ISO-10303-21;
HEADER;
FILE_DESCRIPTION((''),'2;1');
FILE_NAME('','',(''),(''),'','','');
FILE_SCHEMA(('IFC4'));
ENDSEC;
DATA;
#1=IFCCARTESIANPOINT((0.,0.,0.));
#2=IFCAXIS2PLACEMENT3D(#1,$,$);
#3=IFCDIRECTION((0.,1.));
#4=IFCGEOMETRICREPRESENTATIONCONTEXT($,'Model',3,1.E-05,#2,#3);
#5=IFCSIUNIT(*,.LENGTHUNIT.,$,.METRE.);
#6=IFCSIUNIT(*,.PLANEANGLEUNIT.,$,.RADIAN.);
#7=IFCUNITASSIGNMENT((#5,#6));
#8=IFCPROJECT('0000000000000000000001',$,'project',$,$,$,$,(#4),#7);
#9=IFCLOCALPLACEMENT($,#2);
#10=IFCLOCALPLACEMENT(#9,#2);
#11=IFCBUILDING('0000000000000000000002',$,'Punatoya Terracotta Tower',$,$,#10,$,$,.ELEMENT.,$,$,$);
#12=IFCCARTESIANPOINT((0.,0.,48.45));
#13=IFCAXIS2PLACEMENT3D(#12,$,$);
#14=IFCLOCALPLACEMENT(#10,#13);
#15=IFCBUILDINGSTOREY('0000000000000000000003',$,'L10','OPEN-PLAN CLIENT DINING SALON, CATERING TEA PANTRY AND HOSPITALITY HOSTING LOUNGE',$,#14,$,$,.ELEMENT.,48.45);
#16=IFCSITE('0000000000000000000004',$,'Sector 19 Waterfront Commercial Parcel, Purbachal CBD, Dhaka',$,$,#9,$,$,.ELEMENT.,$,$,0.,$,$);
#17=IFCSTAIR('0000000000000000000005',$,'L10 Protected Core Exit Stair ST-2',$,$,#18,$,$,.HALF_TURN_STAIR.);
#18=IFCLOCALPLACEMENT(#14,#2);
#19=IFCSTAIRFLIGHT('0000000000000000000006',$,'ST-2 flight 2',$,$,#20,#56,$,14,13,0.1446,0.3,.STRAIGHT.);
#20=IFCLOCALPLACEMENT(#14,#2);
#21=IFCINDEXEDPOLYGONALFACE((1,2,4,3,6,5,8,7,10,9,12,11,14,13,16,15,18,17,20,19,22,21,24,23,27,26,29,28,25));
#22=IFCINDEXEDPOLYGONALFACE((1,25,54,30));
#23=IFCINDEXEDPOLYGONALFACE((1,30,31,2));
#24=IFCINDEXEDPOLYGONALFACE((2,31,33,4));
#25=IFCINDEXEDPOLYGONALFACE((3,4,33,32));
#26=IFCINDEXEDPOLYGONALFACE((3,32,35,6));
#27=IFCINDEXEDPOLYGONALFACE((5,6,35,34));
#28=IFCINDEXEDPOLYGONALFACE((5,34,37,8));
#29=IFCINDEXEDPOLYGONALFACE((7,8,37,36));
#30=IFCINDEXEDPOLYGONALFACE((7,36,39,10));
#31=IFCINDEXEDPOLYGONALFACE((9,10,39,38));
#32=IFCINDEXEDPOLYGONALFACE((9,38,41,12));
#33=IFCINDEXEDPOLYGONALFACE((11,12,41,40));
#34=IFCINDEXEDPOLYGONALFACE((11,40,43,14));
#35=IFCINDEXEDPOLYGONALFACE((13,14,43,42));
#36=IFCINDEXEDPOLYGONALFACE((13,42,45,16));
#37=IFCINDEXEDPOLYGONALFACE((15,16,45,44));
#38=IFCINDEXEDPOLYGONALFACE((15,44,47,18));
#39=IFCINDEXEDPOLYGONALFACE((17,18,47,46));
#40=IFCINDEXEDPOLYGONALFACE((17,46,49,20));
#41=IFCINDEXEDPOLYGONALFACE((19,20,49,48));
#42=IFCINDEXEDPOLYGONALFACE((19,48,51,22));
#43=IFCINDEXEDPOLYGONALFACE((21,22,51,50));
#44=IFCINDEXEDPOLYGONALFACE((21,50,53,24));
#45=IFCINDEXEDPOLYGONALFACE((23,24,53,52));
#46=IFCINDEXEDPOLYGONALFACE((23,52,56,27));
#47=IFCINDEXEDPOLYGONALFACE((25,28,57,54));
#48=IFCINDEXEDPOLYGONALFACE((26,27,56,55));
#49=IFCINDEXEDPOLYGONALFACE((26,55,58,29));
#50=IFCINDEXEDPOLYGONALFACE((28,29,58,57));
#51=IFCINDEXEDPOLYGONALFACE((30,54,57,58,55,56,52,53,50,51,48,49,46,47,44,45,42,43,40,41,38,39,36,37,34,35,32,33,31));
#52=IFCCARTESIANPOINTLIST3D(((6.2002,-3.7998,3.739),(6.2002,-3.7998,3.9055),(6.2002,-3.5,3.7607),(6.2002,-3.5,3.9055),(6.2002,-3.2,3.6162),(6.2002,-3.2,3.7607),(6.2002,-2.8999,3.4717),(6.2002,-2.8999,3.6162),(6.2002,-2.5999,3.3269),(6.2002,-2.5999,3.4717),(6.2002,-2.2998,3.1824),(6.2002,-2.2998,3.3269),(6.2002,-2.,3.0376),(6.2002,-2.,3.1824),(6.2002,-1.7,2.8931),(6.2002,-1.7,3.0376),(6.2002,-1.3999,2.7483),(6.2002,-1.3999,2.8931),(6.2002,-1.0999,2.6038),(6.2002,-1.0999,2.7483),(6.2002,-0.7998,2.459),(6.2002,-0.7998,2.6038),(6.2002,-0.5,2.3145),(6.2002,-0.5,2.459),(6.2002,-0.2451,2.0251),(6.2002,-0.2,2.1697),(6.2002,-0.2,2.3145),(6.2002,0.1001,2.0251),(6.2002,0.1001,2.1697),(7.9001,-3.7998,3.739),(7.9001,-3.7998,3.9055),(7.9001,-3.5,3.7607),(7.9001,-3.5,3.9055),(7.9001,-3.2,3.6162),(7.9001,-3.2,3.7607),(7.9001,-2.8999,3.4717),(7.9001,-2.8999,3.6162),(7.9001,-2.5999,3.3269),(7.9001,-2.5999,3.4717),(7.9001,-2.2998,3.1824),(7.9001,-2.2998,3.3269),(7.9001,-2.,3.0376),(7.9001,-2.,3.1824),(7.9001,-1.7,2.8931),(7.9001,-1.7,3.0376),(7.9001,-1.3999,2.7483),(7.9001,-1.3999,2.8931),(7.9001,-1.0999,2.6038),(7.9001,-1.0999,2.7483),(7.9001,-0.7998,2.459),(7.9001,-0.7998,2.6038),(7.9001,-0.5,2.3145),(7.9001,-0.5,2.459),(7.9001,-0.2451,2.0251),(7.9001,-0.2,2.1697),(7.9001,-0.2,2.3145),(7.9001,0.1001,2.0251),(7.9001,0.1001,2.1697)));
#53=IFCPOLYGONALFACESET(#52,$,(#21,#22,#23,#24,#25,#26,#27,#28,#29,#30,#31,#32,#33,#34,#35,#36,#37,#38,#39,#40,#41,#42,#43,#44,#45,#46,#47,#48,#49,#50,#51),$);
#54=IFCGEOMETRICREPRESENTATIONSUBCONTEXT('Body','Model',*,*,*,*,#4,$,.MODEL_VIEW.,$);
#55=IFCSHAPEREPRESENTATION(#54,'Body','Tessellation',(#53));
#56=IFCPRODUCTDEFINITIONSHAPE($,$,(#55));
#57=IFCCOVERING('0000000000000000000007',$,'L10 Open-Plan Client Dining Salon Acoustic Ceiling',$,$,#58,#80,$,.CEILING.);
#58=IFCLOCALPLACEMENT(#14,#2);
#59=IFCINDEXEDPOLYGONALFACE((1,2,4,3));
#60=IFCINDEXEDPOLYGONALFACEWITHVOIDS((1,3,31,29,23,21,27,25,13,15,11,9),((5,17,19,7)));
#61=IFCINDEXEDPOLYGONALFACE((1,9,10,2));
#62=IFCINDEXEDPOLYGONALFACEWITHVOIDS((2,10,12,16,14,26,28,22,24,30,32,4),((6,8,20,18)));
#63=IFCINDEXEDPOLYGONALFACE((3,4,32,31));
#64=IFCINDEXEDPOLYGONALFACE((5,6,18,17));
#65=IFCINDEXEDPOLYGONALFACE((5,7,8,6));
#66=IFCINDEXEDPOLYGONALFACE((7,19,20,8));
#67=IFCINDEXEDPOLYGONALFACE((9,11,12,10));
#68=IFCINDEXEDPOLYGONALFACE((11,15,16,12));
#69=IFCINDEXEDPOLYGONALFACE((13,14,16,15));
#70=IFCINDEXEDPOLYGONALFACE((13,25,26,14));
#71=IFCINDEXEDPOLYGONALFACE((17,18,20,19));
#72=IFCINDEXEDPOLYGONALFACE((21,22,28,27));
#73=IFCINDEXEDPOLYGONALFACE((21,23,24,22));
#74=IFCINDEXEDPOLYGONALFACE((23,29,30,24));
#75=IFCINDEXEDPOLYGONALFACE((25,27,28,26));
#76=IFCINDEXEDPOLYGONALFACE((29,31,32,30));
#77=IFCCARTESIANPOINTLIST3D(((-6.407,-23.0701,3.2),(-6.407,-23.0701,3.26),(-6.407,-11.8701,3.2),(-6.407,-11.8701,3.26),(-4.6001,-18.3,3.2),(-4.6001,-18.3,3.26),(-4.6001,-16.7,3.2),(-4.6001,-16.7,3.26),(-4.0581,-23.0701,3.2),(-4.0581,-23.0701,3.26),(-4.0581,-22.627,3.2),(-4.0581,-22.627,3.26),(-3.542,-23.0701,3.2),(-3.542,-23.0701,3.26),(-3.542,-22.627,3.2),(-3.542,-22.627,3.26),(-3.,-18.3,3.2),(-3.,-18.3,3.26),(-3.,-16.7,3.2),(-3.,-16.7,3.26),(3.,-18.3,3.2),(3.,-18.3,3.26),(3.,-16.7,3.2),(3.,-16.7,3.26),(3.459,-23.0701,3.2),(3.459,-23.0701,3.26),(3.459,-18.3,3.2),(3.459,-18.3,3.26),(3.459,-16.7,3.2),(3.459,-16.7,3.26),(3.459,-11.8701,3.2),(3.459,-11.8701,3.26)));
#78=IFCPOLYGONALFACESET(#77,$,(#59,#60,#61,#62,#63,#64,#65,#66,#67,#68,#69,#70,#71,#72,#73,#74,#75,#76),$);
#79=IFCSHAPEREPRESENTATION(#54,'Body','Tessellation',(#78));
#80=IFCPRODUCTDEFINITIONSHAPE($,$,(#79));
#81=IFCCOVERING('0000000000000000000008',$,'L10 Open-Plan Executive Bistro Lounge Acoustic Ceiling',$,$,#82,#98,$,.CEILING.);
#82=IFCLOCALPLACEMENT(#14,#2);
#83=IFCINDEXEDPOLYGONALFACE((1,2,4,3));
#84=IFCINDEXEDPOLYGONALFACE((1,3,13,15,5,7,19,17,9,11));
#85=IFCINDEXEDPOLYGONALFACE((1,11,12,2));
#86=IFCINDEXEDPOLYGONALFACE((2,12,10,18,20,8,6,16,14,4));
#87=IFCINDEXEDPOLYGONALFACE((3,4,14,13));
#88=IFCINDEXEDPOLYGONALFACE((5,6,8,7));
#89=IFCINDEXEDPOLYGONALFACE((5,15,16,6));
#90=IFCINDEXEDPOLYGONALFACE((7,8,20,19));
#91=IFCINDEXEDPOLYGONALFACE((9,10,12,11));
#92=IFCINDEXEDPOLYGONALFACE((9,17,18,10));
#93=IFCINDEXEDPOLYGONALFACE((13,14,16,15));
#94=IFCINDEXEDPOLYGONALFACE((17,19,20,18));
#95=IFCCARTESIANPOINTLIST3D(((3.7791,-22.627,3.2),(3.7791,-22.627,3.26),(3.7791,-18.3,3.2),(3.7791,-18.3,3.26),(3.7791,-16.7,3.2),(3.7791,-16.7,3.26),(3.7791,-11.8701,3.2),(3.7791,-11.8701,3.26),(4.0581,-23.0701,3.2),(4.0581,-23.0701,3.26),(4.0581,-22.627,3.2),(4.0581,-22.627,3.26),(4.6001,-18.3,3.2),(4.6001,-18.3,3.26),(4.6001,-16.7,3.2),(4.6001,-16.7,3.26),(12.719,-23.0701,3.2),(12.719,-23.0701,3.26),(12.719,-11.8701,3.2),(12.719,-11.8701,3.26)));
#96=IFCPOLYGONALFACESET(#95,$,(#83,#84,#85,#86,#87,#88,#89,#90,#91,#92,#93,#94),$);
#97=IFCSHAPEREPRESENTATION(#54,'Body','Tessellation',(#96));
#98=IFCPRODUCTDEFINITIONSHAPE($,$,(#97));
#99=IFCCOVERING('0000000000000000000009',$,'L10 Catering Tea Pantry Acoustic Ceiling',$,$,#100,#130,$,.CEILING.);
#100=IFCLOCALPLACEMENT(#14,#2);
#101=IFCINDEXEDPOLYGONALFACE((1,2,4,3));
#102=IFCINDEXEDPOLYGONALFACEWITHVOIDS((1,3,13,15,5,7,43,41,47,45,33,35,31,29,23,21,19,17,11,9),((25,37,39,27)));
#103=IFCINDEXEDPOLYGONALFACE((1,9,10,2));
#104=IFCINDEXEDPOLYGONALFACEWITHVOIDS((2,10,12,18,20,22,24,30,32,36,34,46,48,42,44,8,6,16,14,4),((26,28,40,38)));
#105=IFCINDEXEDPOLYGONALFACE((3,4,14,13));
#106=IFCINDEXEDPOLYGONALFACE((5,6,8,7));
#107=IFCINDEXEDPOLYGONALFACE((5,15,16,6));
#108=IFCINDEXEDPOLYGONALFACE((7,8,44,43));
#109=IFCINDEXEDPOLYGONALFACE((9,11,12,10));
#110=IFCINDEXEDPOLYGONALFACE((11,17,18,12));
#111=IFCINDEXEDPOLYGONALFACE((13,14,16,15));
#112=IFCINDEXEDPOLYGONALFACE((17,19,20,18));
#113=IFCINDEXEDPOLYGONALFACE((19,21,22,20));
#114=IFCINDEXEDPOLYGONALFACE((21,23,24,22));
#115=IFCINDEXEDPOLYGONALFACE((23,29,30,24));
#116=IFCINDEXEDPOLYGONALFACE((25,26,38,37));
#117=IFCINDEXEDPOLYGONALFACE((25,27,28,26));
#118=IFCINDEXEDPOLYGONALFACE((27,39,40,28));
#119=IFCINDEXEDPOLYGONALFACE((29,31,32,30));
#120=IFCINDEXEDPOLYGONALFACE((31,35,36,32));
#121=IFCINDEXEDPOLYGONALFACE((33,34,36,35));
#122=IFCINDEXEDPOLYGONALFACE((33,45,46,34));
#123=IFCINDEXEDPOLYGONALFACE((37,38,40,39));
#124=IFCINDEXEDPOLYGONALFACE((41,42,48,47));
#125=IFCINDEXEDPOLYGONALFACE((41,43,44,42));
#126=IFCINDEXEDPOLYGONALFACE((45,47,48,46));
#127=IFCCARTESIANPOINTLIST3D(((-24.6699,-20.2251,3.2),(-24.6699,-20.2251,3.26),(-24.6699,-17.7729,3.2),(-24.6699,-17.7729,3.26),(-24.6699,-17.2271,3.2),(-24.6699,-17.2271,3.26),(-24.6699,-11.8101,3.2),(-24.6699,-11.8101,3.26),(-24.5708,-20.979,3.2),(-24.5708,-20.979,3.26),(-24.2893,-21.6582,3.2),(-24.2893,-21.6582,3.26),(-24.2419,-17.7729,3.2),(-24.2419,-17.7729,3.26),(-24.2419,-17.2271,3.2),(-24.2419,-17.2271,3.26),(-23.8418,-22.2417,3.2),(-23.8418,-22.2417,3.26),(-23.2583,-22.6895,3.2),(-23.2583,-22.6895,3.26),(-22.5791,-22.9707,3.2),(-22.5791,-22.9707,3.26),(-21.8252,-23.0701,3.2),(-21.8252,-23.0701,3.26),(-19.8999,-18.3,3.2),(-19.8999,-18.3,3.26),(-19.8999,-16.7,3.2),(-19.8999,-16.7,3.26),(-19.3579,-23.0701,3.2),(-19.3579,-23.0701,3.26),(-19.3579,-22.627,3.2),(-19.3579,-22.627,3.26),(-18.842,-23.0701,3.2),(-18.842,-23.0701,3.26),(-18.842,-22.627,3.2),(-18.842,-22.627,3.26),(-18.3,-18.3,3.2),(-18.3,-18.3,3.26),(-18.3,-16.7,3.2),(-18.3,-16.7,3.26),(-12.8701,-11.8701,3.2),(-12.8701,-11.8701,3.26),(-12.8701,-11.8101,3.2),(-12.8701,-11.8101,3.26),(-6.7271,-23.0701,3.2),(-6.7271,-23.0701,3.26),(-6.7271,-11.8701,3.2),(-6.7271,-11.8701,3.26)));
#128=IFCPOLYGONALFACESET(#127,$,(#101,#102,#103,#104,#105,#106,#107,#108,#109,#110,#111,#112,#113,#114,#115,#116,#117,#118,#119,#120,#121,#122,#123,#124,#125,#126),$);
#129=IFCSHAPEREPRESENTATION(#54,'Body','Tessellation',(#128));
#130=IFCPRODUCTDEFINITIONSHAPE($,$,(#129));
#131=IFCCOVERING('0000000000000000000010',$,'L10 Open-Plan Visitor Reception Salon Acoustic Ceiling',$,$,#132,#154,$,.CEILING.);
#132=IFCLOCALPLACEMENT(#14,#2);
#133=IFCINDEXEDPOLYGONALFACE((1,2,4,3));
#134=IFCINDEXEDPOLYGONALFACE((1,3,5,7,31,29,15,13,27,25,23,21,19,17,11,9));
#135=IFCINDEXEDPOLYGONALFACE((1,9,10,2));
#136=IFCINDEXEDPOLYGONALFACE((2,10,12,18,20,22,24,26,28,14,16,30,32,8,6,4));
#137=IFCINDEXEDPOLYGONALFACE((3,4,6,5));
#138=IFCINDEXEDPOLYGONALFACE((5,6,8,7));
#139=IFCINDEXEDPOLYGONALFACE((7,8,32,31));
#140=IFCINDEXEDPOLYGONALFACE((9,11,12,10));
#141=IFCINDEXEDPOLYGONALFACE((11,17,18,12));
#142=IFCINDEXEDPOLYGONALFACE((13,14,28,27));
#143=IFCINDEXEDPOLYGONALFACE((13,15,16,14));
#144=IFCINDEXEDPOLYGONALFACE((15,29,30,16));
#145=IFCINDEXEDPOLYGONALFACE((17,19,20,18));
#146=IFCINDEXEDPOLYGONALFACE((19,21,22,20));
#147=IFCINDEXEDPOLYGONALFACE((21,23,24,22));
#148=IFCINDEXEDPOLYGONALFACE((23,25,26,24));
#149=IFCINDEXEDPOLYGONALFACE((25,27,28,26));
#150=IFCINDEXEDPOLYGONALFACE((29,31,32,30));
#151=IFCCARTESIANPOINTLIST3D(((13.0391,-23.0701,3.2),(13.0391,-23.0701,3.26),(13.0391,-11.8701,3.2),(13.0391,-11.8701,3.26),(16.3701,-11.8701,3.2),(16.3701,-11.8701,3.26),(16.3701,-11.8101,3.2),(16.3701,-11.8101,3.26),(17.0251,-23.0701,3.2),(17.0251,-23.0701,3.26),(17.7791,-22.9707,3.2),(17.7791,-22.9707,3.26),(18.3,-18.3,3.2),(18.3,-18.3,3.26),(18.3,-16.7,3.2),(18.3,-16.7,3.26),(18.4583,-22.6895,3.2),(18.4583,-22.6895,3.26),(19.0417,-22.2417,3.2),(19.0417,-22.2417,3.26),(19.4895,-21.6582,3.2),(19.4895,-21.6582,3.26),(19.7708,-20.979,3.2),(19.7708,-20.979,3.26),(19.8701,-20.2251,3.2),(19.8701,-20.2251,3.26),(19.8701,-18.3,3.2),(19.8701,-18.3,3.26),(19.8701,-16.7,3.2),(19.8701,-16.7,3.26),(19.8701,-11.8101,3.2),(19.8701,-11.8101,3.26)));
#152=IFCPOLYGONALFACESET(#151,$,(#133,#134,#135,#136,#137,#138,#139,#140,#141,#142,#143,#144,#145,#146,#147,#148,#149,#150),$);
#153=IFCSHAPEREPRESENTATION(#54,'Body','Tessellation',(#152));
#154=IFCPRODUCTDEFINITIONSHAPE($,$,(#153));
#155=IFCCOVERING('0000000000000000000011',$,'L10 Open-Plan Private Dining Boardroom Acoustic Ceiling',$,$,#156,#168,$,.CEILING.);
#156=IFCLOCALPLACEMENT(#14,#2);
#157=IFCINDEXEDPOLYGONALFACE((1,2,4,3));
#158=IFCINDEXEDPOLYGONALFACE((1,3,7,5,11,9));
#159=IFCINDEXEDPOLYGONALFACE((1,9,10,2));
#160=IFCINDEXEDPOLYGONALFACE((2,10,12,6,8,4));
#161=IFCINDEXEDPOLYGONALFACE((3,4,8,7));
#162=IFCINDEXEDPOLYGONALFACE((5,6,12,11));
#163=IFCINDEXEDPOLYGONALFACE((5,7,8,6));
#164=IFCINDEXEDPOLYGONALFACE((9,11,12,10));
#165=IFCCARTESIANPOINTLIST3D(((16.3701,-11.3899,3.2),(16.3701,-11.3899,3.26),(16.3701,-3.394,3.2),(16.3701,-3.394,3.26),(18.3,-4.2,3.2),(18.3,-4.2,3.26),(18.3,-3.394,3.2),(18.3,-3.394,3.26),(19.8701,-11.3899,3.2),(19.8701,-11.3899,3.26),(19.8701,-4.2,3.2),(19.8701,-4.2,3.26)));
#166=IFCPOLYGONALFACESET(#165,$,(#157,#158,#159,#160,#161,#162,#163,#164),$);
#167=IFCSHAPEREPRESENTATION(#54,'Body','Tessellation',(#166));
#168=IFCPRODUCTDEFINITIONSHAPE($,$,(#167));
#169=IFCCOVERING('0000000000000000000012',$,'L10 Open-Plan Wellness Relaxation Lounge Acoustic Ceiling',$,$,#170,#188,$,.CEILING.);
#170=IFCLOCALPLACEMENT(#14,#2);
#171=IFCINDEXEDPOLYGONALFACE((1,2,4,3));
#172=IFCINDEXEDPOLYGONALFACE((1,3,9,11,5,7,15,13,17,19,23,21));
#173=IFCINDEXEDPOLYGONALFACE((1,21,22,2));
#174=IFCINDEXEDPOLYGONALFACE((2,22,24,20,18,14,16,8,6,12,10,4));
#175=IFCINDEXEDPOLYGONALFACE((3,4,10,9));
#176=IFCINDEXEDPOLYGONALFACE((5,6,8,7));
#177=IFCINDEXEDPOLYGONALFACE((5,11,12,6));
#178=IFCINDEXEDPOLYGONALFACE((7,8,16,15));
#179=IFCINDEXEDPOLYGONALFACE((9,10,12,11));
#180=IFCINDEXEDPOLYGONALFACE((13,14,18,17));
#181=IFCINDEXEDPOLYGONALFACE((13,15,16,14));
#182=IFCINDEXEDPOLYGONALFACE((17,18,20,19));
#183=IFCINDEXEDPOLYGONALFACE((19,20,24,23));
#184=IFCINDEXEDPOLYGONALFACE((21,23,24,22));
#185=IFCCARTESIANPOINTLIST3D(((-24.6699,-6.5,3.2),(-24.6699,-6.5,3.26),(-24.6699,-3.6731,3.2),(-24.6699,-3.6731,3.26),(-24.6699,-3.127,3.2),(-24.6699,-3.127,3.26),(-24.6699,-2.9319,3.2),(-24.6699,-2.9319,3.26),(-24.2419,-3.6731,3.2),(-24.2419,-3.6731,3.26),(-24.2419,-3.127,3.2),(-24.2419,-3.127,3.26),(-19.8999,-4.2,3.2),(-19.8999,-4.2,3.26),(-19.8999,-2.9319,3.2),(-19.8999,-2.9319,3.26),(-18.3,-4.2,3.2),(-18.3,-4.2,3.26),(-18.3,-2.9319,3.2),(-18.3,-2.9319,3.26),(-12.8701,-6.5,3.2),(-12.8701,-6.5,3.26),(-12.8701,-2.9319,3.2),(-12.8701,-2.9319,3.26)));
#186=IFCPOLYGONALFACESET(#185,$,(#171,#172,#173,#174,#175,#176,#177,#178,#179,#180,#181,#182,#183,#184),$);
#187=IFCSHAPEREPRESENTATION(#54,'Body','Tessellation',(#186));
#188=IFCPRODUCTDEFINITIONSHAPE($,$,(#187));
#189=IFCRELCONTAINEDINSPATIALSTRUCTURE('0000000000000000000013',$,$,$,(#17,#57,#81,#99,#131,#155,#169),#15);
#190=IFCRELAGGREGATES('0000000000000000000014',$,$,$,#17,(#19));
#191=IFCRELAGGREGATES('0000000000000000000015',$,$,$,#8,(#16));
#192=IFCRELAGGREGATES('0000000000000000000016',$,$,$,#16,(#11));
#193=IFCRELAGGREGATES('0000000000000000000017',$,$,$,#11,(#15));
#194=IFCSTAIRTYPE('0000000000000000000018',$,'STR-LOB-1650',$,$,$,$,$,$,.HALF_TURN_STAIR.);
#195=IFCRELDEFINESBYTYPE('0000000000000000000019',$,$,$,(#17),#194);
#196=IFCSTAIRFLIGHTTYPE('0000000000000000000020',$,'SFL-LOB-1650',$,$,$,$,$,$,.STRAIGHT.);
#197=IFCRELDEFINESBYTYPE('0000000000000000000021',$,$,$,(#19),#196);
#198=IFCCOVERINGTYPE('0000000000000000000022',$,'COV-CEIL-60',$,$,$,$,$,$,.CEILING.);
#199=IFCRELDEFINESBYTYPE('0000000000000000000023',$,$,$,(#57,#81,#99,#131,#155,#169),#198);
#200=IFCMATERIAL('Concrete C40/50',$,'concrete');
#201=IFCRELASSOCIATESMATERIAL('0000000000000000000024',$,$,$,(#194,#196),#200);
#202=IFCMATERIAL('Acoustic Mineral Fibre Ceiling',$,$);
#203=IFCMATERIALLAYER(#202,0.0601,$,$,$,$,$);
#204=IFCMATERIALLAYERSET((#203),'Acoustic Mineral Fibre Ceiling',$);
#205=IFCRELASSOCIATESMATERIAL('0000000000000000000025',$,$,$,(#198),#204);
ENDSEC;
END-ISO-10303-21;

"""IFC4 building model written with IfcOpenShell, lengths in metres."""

from ifc_helpers import new_model, si_unit, direction, frame, origin, place, context, subcontext, project, spatial, polyline, outline, extrude, material, layer, layer_set, type_object, element, aggregate, save


model = new_model("IFC4")

# Units and contexts
model_context = context("Model", 3, precision=1e-05, world=origin(), true_north=direction((0.0, 1.0)))
body_context = subcontext(model_context, "Body", "Model", "MODEL_VIEW")
ifc_project = project(units=[si_unit("LENGTHUNIT", "METRE"), si_unit("PLANEANGLEUNIT", "RADIAN")], contexts=[model_context])

# Site, building, storey
site_placement = place(None, origin())
site = spatial("IfcSite", under=ifc_project, at=site_placement, Name="Sector 19 Waterfront Commercial Parcel, Purbachal CBD, Dhaka", CompositionType="ELEMENT", RefElevation=0.0)
building_placement = place(site_placement, origin())
building = spatial("IfcBuilding", under=site, at=building_placement, Name="Punatoya Terracotta Tower", CompositionType="ELEMENT")
storey_placement = place(building_placement, frame((0.0, 0.0, 48.45)))
storey = spatial("IfcBuildingStorey", under=building, at=storey_placement, Name="L10", Description="OPEN-PLAN CLIENT DINING SALON, CATERING TEA PANTRY AND HOSPITALITY HOSTING LOUNGE", CompositionType="ELEMENT", Elevation=48.45)

# Shared definitions
ifc_material_1 = material(Name="Concrete C40/50", Category="concrete")

# Stair, stair flight
stair_type = type_object("IfcStairType", Name="STR-LOB-1650", PredefinedType="HALF_TURN_STAIR", material=ifc_material_1)
stair_placement = place(storey_placement, origin())
stair = element("IfcStair", 1, at=stair_placement, inside=storey, type_object=stair_type, Name="L10 Protected Core Exit Stair ST-2", PredefinedType="HALF_TURN_STAIR")
stair_flight_type = type_object("IfcStairFlightType", Name="SFL-LOB-1650", PredefinedType="STRAIGHT", material=ifc_material_1)
stair_flight_placement = place(storey_placement, frame((7.05, 0.1001, 2.0251), z_axis=(0.0, 0.0, 1.0), x_axis=(0.0, -1.0, 0.0)))
stair_flight = element("IfcStairFlight", 2, at=stair_flight_placement, type_object=stair_flight_type, Name="ST-2 flight 2", NumberOfRisers=14, NumberOfTreads=13, PredefinedType="STRAIGHT", RiserHeight=0.1446, TreadLength=0.3, context=body_context, shape_type="SweptSolid", body=[
    extrude(outline(polyline([(0.0, 0.0), (0.0, 0.1445), (0.3, 0.1445), (0.3, 0.2893), (0.6001, 0.2893), (0.6001, 0.4338), (0.8999, 0.4338), (0.8999, 0.5786), (1.2, 0.5786), (1.2, 0.7231), (1.5, 0.7231), (1.5, 0.8679), (1.8, 0.8679), (1.8, 1.0125), (2.1001, 1.0125), (2.1001, 1.1572), (2.3999, 1.1572), (2.3999, 1.3018), (2.7, 1.3018), (2.7, 1.4465), (3.0, 1.4465), (3.0, 1.5911), (3.3, 1.5911), (3.3, 1.7356), (3.6001, 1.7356), (3.6001, 1.8804), (3.8999, 1.8804), (3.8999, 2.0249), (3.8999, 1.7139), (0.3452, 0.0), (0.0, 0.0)])), frame((0.0, 0.8501, 0.0), z_axis=(0.0, -1.0, 0.0), x_axis=(1.0, 0.0, 0.0)), (0.0, 0.0, 1.0), 1.7),
])
aggregate(stair, [stair_flight])

# Coverings
ifc_material_2 = material(Name="Acoustic Mineral Fibre Ceiling")
ifc_layer_1 = layer(ifc_material_2, 0.0601)
ifc_layer_set_1 = layer_set([ifc_layer_1], Name="Acoustic Mineral Fibre Ceiling")
covering_type = type_object("IfcCoveringType", Name="COV-CEIL-60", PredefinedType="CEILING", material=ifc_layer_set_1)
covering_1_placement = place(storey_placement, frame((0.0, 0.0, 3.2)))
element("IfcCovering", 3, at=covering_1_placement, inside=storey, type_object=covering_type, Name="L10 Open-Plan Client Dining Salon Acoustic Ceiling", PredefinedType="CEILING", context=body_context, shape_type="SweptSolid", body=[
    extrude(outline(polyline([(-4.0581, -22.627), (-3.542, -22.627), (-3.542, -23.0701), (3.459, -23.0701), (3.459, -18.3), (3.0, -18.3), (3.0, -16.7), (3.459, -16.7), (3.459, -11.8701), (-6.407, -11.8701), (-6.407, -23.0701), (-4.0581, -23.0701), (-4.0581, -22.627)]), holes=[polyline([(-4.6001, -16.7), (-3.0, -16.7), (-3.0, -18.3), (-4.6001, -18.3), (-4.6001, -16.7)])]), origin(), (0.0, 0.0, 1.0), 0.0601),
])
covering_2_placement = place(storey_placement, frame((0.0, 0.0, 3.2)))
element("IfcCovering", 4, at=covering_2_placement, inside=storey, type_object=covering_type, Name="L10 Open-Plan Executive Bistro Lounge Acoustic Ceiling", PredefinedType="CEILING", context=body_context, shape_type="SweptSolid", body=[
    extrude(outline(polyline([(3.7791, -22.627), (4.0581, -22.627), (4.0581, -23.0701), (12.719, -23.0701), (12.719, -11.8701), (3.7791, -11.8701), (3.7791, -16.7), (4.6001, -16.7), (4.6001, -18.3), (3.7791, -18.3), (3.7791, -22.627)])), origin(), (0.0, 0.0, 1.0), 0.0601),
])
covering_3_placement = place(storey_placement, frame((0.0, 0.0, 3.2)))
element("IfcCovering", 5, at=covering_3_placement, inside=storey, type_object=covering_type, Name="L10 Catering Tea Pantry Acoustic Ceiling", PredefinedType="CEILING", context=body_context, shape_type="SweptSolid", body=[
    extrude(outline(polyline([(-18.842, -23.0701), (-6.7271, -23.0701), (-6.7271, -11.8701), (-12.8701, -11.8701), (-12.8701, -11.8101), (-24.6699, -11.8101), (-24.6699, -17.2271), (-24.2419, -17.2271), (-24.2419, -17.7729), (-24.6699, -17.7729), (-24.6699, -20.2251), (-24.5708, -20.979), (-24.2893, -21.6582), (-23.8418, -22.2417), (-23.2583, -22.6895), (-22.5791, -22.9707), (-21.8252, -23.0701), (-19.3579, -23.0701), (-19.3579, -22.627), (-18.842, -22.627), (-18.842, -23.0701)]), holes=[polyline([(-19.8999, -18.3), (-19.8999, -16.7), (-18.3, -16.7), (-18.3, -18.3), (-19.8999, -18.3)])]), origin(), (0.0, 0.0, 1.0), 0.0601),
])
covering_4_placement = place(storey_placement, frame((0.0, 0.0, 3.2)))
element("IfcCovering", 6, at=covering_4_placement, inside=storey, type_object=covering_type, Name="L10 Open-Plan Visitor Reception Salon Acoustic Ceiling", PredefinedType="CEILING", context=body_context, shape_type="SweptSolid", body=[
    extrude(outline(polyline([(16.3701, -11.8701), (13.0391, -11.8701), (13.0391, -23.0701), (17.0251, -23.0701), (17.7791, -22.9707), (18.4583, -22.6895), (19.0417, -22.2417), (19.4895, -21.6582), (19.7708, -20.979), (19.8701, -20.2251), (19.8701, -18.3), (18.3, -18.3), (18.3, -16.7), (19.8701, -16.7), (19.8701, -11.8101), (16.3701, -11.8101), (16.3701, -11.8701)])), origin(), (0.0, 0.0, 1.0), 0.0601),
])
covering_5_placement = place(storey_placement, frame((0.0, 0.0, 3.2)))
element("IfcCovering", 7, at=covering_5_placement, inside=storey, type_object=covering_type, Name="L10 Open-Plan Private Dining Boardroom Acoustic Ceiling", PredefinedType="CEILING", context=body_context, shape_type="SweptSolid", body=[
    extrude(outline(polyline([(19.8701, -11.3899), (19.8701, -4.2), (18.3, -4.2), (18.3, -3.394), (16.3701, -3.394), (16.3701, -11.3899), (19.8701, -11.3899)])), origin(), (0.0, 0.0, 1.0), 0.0601),
])
covering_6_placement = place(storey_placement, frame((0.0, 0.0, 3.2)))
element("IfcCovering", 8, at=covering_6_placement, inside=storey, type_object=covering_type, Name="L10 Open-Plan Wellness Relaxation Lounge Acoustic Ceiling", PredefinedType="CEILING", context=body_context, shape_type="SweptSolid", body=[
    extrude(outline(polyline([(-12.8701, -6.5), (-12.8701, -2.9319), (-18.3, -2.9319), (-18.3, -4.2), (-19.8999, -4.2), (-19.8999, -2.9319), (-24.6699, -2.9319), (-24.6699, -3.127), (-24.2419, -3.127), (-24.2419, -3.6731), (-24.6699, -3.6731), (-24.6699, -6.5), (-12.8701, -6.5)])), origin(), (0.0, 0.0, 1.0), 0.0601),
])

save(model, "model.ifc")
